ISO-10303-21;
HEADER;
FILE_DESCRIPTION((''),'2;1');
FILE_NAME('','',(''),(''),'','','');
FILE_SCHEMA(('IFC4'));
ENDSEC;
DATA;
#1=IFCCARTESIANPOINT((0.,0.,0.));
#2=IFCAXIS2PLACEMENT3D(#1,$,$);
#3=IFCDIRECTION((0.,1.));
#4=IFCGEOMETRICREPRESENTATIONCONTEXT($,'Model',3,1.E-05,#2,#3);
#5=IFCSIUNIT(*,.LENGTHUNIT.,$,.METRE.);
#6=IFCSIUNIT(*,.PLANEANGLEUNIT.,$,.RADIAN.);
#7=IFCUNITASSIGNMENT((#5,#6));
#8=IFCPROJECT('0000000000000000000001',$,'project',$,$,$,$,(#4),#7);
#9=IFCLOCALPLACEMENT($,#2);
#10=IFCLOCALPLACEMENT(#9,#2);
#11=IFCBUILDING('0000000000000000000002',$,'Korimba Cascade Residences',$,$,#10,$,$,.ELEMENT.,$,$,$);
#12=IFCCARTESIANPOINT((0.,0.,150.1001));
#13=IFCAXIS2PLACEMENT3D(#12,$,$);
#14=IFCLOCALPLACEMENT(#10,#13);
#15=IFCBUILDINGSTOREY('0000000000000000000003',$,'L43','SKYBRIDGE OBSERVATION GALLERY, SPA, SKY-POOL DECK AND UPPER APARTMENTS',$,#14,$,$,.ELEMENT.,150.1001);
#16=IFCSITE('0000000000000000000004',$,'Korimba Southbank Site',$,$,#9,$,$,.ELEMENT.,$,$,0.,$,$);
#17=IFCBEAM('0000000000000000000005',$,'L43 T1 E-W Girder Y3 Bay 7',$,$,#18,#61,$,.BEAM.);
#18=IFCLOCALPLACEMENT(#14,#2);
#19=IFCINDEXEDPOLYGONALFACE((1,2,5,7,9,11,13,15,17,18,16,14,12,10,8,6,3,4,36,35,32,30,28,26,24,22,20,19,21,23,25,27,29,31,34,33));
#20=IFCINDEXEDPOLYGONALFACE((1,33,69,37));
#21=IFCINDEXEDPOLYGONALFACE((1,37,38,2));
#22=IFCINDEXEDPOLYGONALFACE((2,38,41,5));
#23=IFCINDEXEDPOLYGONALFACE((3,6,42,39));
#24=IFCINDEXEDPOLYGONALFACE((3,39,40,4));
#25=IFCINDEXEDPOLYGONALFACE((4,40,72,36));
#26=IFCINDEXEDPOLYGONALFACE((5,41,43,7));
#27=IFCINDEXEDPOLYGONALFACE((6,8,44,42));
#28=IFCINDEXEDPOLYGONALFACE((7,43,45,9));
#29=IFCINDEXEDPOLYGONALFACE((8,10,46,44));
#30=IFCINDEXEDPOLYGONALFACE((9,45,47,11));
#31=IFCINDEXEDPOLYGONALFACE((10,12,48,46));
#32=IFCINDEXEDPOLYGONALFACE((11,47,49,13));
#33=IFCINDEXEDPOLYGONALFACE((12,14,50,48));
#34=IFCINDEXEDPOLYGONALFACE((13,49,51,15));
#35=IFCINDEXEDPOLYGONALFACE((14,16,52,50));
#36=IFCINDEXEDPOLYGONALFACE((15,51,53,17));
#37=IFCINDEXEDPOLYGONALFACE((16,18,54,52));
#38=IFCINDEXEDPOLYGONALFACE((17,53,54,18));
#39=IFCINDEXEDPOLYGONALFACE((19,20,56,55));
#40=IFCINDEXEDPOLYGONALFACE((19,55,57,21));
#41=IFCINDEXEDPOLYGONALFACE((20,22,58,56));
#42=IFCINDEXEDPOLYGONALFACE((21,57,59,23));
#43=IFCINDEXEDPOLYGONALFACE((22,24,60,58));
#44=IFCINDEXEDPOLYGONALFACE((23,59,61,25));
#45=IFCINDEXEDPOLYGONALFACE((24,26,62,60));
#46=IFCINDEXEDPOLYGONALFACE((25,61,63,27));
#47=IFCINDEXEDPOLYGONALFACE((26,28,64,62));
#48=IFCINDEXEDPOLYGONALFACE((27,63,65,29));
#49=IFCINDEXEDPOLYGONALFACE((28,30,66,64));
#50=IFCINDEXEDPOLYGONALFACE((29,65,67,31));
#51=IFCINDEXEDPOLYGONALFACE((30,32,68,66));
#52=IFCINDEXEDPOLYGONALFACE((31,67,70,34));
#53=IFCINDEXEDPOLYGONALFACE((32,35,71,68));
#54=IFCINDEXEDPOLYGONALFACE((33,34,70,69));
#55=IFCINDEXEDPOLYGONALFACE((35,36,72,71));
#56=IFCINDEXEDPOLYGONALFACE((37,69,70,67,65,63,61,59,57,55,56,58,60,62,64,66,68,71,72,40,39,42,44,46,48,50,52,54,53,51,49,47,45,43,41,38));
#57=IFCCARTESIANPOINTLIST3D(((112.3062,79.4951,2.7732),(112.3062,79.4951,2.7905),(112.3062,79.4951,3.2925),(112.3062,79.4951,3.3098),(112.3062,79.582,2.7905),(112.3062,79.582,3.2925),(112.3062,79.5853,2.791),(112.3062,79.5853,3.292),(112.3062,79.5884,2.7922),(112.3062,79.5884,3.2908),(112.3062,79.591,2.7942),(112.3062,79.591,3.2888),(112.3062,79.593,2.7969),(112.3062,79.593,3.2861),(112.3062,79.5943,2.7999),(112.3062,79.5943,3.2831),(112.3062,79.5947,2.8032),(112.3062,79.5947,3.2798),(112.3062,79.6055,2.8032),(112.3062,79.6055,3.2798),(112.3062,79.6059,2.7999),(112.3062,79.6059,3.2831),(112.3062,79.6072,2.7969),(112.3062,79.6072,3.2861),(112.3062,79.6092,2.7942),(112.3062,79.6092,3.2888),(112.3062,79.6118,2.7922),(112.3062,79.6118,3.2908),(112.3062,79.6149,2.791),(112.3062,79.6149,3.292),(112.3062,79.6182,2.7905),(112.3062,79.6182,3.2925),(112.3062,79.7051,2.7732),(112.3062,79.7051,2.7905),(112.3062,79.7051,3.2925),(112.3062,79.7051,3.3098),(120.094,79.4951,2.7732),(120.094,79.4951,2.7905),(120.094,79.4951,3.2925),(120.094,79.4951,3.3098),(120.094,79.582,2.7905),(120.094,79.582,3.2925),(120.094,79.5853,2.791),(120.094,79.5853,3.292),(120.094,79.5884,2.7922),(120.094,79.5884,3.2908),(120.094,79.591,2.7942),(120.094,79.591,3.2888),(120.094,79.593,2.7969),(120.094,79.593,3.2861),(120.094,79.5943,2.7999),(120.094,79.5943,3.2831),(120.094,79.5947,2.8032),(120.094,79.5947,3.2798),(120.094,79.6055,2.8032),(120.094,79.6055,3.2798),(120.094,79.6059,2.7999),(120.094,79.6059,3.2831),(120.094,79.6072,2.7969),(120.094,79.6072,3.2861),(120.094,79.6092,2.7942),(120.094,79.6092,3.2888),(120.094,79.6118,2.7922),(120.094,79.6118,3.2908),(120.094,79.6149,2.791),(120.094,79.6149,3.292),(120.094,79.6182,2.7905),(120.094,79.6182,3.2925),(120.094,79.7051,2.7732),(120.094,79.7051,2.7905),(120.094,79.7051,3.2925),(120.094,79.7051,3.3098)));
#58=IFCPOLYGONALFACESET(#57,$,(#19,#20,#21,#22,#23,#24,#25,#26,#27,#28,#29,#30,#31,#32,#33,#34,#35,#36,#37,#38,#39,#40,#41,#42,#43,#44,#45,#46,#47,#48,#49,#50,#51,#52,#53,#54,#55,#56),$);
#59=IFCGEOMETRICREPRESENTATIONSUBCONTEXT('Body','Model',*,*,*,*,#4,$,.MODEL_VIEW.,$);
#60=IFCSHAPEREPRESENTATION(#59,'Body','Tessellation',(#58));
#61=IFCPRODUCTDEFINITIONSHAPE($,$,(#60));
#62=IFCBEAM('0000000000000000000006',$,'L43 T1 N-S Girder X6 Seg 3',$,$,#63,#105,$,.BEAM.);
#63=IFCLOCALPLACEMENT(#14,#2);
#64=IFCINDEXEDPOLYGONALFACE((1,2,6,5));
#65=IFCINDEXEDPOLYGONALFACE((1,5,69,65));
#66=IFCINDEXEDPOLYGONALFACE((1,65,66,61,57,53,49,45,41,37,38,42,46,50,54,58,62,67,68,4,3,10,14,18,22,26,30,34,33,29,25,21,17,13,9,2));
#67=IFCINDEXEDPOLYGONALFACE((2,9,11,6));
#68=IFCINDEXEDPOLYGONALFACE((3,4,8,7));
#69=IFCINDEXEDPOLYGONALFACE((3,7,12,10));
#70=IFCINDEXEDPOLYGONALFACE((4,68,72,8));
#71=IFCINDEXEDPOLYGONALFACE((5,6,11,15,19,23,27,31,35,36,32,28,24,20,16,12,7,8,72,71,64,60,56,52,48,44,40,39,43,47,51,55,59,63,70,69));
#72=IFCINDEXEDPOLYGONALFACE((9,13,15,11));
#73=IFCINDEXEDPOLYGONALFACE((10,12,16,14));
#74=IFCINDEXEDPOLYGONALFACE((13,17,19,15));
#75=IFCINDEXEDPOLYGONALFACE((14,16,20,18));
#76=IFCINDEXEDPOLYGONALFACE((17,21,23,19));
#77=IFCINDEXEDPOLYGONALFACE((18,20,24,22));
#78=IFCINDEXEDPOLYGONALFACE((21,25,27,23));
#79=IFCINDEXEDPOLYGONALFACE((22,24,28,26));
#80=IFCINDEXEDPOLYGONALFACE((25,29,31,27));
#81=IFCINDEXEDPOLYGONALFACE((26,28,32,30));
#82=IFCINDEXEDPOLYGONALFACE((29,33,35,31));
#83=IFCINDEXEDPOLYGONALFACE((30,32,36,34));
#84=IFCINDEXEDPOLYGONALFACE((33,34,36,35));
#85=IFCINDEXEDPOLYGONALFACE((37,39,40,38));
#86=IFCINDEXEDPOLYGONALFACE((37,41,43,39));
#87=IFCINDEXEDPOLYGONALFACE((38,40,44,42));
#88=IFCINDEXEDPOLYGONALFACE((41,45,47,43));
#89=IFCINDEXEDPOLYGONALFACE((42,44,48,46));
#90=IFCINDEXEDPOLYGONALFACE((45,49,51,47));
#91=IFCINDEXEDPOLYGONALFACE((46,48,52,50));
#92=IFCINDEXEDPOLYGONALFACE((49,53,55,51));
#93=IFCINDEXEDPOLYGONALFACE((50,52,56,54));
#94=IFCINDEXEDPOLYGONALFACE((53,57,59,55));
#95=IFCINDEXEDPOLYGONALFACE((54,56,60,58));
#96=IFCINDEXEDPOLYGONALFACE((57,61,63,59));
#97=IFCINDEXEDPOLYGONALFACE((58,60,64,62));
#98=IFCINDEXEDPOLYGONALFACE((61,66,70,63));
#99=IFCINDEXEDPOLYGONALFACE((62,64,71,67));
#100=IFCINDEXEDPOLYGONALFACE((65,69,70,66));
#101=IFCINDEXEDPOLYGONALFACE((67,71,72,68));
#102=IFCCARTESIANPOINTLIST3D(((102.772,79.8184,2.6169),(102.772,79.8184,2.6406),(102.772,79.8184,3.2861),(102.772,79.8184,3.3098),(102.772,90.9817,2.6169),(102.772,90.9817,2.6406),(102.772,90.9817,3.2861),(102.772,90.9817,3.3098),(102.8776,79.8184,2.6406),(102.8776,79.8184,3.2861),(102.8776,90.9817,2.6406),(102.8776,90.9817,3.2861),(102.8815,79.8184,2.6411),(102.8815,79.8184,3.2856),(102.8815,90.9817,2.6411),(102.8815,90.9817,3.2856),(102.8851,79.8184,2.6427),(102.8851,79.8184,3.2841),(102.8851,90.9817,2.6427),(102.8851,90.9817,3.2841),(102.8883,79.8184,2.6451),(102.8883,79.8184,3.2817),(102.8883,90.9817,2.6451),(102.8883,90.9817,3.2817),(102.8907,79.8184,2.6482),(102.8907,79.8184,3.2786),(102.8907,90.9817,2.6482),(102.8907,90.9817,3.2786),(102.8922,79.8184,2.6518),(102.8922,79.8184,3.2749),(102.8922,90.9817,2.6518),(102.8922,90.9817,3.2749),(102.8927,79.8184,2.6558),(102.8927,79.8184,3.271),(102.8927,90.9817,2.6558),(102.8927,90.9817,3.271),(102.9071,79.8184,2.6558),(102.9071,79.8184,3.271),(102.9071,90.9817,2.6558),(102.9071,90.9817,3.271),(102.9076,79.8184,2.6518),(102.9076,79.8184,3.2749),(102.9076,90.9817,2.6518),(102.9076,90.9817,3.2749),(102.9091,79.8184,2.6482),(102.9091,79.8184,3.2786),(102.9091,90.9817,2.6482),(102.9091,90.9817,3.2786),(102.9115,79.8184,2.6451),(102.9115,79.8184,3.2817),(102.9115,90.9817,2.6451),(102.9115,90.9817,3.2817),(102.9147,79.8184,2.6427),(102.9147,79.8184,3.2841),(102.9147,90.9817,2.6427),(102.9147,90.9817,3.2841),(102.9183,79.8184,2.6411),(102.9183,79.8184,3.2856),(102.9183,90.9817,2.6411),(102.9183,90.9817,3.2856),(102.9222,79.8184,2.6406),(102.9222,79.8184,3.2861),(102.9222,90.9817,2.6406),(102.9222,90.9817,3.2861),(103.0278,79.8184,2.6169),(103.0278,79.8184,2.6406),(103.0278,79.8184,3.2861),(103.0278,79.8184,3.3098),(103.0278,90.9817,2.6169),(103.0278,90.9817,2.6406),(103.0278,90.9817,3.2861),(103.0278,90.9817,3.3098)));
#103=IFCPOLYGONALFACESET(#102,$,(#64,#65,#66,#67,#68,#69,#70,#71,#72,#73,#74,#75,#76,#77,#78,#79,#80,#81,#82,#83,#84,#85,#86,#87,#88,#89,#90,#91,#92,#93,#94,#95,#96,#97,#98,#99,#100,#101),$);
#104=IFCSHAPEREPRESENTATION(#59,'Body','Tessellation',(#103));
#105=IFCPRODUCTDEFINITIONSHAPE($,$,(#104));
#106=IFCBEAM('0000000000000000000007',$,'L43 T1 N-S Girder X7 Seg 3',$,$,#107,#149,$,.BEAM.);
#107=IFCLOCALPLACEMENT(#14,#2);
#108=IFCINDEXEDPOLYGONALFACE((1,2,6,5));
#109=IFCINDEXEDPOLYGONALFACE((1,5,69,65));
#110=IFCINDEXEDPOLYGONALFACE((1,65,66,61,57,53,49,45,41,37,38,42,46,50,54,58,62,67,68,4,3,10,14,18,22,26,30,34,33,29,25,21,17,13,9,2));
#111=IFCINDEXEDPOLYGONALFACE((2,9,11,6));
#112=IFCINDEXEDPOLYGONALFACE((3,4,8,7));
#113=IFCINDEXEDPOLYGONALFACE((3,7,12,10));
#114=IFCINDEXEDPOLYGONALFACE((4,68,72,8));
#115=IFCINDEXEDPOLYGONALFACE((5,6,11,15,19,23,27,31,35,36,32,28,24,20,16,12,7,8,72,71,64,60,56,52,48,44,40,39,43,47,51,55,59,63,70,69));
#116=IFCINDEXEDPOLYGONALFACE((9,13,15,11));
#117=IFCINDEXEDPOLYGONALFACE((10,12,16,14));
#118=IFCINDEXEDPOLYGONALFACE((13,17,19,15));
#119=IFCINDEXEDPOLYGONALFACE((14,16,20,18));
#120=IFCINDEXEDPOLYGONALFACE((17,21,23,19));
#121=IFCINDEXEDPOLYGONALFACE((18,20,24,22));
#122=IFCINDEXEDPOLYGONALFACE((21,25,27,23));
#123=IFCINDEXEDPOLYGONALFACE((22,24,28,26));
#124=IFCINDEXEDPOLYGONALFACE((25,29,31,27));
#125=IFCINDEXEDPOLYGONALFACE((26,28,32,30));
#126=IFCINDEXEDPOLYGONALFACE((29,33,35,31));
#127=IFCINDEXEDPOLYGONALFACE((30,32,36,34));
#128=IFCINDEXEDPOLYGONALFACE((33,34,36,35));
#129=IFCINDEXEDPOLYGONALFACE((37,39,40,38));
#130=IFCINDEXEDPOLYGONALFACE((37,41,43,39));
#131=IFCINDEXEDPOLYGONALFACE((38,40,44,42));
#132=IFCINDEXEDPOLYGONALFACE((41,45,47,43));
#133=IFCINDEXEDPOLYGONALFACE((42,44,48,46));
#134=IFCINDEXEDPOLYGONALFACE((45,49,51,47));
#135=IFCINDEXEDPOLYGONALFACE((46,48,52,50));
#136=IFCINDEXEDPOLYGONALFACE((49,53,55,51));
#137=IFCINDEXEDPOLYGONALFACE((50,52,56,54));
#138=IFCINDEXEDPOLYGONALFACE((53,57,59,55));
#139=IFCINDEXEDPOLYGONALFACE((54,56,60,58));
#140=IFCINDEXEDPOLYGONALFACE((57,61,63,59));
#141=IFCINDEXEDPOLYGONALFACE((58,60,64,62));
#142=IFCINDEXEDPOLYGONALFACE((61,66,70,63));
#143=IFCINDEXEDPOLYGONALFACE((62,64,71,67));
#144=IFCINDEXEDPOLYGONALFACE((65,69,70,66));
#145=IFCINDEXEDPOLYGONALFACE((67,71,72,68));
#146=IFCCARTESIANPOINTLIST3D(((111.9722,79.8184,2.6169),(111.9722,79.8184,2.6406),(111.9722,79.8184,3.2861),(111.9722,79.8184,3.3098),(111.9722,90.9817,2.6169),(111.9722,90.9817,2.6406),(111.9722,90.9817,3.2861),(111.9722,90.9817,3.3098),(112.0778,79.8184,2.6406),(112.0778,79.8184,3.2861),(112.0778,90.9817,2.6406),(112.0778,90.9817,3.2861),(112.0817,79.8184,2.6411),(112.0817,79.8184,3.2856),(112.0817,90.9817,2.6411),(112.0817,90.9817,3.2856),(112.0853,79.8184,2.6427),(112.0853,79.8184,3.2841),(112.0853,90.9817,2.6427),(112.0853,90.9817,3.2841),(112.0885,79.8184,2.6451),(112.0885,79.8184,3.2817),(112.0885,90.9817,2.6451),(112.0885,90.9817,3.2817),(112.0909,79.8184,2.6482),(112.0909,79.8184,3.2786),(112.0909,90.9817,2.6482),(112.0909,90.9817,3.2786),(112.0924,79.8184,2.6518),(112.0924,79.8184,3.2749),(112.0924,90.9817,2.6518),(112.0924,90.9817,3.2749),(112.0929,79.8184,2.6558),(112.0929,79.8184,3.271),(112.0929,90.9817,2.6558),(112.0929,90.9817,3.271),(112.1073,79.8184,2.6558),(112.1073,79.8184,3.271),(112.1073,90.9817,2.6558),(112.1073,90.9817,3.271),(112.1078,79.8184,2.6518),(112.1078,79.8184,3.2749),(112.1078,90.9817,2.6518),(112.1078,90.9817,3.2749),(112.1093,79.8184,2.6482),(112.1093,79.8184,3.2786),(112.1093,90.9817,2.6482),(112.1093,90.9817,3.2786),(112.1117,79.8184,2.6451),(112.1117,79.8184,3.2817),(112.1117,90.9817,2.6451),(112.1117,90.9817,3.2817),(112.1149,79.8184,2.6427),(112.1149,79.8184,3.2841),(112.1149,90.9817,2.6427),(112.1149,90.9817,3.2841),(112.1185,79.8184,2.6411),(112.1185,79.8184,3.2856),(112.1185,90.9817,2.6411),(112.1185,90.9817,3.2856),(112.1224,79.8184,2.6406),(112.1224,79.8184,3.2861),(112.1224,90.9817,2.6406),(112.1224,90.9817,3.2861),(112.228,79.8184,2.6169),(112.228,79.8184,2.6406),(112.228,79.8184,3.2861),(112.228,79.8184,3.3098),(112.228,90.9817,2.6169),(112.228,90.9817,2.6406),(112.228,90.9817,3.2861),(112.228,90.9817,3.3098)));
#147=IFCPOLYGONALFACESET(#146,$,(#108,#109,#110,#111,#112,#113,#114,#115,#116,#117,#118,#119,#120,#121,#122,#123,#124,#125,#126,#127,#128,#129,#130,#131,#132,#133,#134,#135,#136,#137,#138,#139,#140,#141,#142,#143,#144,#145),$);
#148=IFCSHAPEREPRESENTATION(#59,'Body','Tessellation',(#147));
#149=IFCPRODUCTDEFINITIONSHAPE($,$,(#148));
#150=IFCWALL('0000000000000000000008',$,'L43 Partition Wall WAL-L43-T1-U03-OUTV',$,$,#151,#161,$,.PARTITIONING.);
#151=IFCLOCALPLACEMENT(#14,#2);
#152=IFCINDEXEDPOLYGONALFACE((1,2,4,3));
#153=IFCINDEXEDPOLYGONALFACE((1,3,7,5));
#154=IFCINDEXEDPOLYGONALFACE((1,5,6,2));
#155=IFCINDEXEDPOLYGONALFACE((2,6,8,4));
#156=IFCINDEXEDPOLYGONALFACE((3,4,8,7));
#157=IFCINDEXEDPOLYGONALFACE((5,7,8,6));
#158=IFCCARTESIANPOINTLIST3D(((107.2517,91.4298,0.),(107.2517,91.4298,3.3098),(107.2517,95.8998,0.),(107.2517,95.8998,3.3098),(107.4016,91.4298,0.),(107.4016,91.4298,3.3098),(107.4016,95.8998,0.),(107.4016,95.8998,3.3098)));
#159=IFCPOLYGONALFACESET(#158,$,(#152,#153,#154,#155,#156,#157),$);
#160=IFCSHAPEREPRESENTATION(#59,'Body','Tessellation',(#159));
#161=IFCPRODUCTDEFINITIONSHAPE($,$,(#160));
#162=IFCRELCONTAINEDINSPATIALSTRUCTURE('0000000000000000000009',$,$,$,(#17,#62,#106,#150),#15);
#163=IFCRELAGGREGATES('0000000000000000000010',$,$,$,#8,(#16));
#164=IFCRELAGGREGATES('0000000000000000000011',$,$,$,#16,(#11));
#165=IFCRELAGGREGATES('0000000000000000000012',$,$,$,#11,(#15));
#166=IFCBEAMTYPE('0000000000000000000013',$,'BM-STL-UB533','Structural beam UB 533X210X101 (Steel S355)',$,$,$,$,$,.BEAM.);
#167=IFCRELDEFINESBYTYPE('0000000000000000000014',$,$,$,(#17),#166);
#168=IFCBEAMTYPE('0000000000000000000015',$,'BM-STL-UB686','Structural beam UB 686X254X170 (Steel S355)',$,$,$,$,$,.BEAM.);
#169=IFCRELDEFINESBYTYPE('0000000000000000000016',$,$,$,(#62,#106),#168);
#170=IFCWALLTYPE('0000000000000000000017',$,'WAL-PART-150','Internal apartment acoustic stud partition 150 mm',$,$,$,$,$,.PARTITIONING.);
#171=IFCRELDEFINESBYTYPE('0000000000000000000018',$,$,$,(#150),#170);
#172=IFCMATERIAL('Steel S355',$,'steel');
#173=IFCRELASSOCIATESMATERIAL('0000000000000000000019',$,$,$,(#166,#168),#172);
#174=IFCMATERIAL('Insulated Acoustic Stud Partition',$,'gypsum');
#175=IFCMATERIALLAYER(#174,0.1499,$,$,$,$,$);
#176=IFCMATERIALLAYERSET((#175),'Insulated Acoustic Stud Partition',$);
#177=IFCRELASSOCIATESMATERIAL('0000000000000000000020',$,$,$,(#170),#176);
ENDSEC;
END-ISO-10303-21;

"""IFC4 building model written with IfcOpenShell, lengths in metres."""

from ifc_helpers import new_model, si_unit, direction, frame, frame_2d, origin, origin_2d, place, context, subcontext, project, spatial, rectangle, i_section, extrude, material, layer, layer_set, material_profile, profile_set, type_object, element, save


model = new_model("IFC4")

# Units and contexts
model_context = context("Model", 3, precision=1e-05, world=origin(), true_north=direction((0.0, 1.0)))
body_context = subcontext(model_context, "Body", "Model", "MODEL_VIEW")
ifc_project = project(units=[si_unit("LENGTHUNIT", "METRE"), si_unit("PLANEANGLEUNIT", "RADIAN")], contexts=[model_context])

# Site, building, storey
site_placement = place(None, origin())
site = spatial("IfcSite", under=ifc_project, at=site_placement, Name="Korimba Southbank Site", CompositionType="ELEMENT", RefElevation=0.0)
building_placement = place(site_placement, origin())
building = spatial("IfcBuilding", under=site, at=building_placement, Name="Korimba Cascade Residences", CompositionType="ELEMENT")
storey_placement = place(building_placement, frame((0.0, 0.0, 150.1001)))
storey = spatial("IfcBuildingStorey", under=building, at=storey_placement, Name="L43", Description="SKYBRIDGE OBSERVATION GALLERY, SPA, SKY-POOL DECK AND UPPER APARTMENTS", CompositionType="ELEMENT", Elevation=150.1001)

# Beams
ifc_material_1 = material(Name="Steel S355", Category="steel")
ifc_material_profile_1 = material_profile(ifc_material_1, i_section(OverallWidth=0.21, OverallDepth=0.5366, WebThickness=0.0107, FlangeThickness=0.0173, FilletRadius=0.0127, at=origin_2d()), Name="Steel S355")
ifc_profile_set_1 = profile_set([ifc_material_profile_1], Name="Steel S355")
beam_type_1 = type_object("IfcBeamType", Name="BM-STL-UB533", Description="Structural beam UB 533X210X101 (Steel S355)", PredefinedType="BEAM", material=ifc_profile_set_1)
beam_1_placement = place(storey_placement, frame((112.3062, 79.6001, 3.0415), z_axis=(1.0, 0.0, 0.0), x_axis=(0.0, 1.0, 0.0)))
element("IfcBeam", 1, at=beam_1_placement, inside=storey, type_object=beam_type_1, Name="L43 T1 E-W Girder Y3 Bay 7", PredefinedType="BEAM", context=body_context, shape_type="SweptSolid", body=[
    extrude(i_section(OverallWidth=0.21, OverallDepth=0.5366, WebThickness=0.0107, FlangeThickness=0.0173, FilletRadius=0.0127, at=origin_2d()), origin(), (0.0, 0.0, 1.0), 7.7878),
])
ifc_material_profile_2 = material_profile(ifc_material_1, i_section(OverallWidth=0.2559, OverallDepth=0.6929, WebThickness=0.0144, FlangeThickness=0.0237, FilletRadius=0.0151, at=origin_2d()), Name="Steel S355")
ifc_profile_set_2 = profile_set([ifc_material_profile_2], Name="Steel S355")
beam_type_2 = type_object("IfcBeamType", Name="BM-STL-UB686", Description="Structural beam UB 686X254X170 (Steel S355)", PredefinedType="BEAM", material=ifc_profile_set_2)
for number, where, z_axis, x_axis, name in (
    (2, (102.8999, 79.8184, 2.9634), (0.0, 1.0, 0.0), (-1.0, 0.0, 0.0), "L43 T1 N-S Girder X6 Seg 3"),
    (3, (112.1001, 79.8184, 2.9634), (0.0, 1.0, 0.0), (-1.0, 0.0, 0.0), "L43 T1 N-S Girder X7 Seg 3"),
):
    element("IfcBeam", number, at=place(storey_placement, frame(where, z_axis=z_axis, x_axis=x_axis)), inside=storey, type_object=beam_type_2, Name=name, PredefinedType="BEAM", context=body_context, shape_type="SweptSolid", body=[
        extrude(i_section(OverallWidth=0.2559, OverallDepth=0.6929, WebThickness=0.0144, FlangeThickness=0.0237, FilletRadius=0.0151, at=origin_2d()), origin(), (0.0, 0.0, 1.0), 11.1633),
    ])

# Wall
ifc_material_2 = material(Name="Insulated Acoustic Stud Partition", Category="gypsum")
ifc_layer = layer(ifc_material_2, 0.1499)
ifc_layer_set = layer_set([ifc_layer], Name="Insulated Acoustic Stud Partition")
wall_type = type_object("IfcWallType", Name="WAL-PART-150", Description="Internal apartment acoustic stud partition 150 mm", PredefinedType="PARTITIONING", material=ifc_layer_set)
wall_1_placement = place(storey_placement, frame((107.3267, 91.4299, 0.0), z_axis=(0.0, 0.0, 1.0), x_axis=(0.0, 1.0, 0.0)))
element("IfcWall", 4, at=wall_1_placement, inside=storey, type_object=wall_type, Name="L43 Partition Wall WAL-L43-T1-U03-OUTV", PredefinedType="PARTITIONING", context=body_context, shape_type="SweptSolid", body=[
    extrude(rectangle(XDim=4.47, YDim=0.1499, at=frame_2d((2.2349, 0.0))), origin(), (0.0, 0.0, 1.0), 3.3098),
])

save(model, "model.ifc")
